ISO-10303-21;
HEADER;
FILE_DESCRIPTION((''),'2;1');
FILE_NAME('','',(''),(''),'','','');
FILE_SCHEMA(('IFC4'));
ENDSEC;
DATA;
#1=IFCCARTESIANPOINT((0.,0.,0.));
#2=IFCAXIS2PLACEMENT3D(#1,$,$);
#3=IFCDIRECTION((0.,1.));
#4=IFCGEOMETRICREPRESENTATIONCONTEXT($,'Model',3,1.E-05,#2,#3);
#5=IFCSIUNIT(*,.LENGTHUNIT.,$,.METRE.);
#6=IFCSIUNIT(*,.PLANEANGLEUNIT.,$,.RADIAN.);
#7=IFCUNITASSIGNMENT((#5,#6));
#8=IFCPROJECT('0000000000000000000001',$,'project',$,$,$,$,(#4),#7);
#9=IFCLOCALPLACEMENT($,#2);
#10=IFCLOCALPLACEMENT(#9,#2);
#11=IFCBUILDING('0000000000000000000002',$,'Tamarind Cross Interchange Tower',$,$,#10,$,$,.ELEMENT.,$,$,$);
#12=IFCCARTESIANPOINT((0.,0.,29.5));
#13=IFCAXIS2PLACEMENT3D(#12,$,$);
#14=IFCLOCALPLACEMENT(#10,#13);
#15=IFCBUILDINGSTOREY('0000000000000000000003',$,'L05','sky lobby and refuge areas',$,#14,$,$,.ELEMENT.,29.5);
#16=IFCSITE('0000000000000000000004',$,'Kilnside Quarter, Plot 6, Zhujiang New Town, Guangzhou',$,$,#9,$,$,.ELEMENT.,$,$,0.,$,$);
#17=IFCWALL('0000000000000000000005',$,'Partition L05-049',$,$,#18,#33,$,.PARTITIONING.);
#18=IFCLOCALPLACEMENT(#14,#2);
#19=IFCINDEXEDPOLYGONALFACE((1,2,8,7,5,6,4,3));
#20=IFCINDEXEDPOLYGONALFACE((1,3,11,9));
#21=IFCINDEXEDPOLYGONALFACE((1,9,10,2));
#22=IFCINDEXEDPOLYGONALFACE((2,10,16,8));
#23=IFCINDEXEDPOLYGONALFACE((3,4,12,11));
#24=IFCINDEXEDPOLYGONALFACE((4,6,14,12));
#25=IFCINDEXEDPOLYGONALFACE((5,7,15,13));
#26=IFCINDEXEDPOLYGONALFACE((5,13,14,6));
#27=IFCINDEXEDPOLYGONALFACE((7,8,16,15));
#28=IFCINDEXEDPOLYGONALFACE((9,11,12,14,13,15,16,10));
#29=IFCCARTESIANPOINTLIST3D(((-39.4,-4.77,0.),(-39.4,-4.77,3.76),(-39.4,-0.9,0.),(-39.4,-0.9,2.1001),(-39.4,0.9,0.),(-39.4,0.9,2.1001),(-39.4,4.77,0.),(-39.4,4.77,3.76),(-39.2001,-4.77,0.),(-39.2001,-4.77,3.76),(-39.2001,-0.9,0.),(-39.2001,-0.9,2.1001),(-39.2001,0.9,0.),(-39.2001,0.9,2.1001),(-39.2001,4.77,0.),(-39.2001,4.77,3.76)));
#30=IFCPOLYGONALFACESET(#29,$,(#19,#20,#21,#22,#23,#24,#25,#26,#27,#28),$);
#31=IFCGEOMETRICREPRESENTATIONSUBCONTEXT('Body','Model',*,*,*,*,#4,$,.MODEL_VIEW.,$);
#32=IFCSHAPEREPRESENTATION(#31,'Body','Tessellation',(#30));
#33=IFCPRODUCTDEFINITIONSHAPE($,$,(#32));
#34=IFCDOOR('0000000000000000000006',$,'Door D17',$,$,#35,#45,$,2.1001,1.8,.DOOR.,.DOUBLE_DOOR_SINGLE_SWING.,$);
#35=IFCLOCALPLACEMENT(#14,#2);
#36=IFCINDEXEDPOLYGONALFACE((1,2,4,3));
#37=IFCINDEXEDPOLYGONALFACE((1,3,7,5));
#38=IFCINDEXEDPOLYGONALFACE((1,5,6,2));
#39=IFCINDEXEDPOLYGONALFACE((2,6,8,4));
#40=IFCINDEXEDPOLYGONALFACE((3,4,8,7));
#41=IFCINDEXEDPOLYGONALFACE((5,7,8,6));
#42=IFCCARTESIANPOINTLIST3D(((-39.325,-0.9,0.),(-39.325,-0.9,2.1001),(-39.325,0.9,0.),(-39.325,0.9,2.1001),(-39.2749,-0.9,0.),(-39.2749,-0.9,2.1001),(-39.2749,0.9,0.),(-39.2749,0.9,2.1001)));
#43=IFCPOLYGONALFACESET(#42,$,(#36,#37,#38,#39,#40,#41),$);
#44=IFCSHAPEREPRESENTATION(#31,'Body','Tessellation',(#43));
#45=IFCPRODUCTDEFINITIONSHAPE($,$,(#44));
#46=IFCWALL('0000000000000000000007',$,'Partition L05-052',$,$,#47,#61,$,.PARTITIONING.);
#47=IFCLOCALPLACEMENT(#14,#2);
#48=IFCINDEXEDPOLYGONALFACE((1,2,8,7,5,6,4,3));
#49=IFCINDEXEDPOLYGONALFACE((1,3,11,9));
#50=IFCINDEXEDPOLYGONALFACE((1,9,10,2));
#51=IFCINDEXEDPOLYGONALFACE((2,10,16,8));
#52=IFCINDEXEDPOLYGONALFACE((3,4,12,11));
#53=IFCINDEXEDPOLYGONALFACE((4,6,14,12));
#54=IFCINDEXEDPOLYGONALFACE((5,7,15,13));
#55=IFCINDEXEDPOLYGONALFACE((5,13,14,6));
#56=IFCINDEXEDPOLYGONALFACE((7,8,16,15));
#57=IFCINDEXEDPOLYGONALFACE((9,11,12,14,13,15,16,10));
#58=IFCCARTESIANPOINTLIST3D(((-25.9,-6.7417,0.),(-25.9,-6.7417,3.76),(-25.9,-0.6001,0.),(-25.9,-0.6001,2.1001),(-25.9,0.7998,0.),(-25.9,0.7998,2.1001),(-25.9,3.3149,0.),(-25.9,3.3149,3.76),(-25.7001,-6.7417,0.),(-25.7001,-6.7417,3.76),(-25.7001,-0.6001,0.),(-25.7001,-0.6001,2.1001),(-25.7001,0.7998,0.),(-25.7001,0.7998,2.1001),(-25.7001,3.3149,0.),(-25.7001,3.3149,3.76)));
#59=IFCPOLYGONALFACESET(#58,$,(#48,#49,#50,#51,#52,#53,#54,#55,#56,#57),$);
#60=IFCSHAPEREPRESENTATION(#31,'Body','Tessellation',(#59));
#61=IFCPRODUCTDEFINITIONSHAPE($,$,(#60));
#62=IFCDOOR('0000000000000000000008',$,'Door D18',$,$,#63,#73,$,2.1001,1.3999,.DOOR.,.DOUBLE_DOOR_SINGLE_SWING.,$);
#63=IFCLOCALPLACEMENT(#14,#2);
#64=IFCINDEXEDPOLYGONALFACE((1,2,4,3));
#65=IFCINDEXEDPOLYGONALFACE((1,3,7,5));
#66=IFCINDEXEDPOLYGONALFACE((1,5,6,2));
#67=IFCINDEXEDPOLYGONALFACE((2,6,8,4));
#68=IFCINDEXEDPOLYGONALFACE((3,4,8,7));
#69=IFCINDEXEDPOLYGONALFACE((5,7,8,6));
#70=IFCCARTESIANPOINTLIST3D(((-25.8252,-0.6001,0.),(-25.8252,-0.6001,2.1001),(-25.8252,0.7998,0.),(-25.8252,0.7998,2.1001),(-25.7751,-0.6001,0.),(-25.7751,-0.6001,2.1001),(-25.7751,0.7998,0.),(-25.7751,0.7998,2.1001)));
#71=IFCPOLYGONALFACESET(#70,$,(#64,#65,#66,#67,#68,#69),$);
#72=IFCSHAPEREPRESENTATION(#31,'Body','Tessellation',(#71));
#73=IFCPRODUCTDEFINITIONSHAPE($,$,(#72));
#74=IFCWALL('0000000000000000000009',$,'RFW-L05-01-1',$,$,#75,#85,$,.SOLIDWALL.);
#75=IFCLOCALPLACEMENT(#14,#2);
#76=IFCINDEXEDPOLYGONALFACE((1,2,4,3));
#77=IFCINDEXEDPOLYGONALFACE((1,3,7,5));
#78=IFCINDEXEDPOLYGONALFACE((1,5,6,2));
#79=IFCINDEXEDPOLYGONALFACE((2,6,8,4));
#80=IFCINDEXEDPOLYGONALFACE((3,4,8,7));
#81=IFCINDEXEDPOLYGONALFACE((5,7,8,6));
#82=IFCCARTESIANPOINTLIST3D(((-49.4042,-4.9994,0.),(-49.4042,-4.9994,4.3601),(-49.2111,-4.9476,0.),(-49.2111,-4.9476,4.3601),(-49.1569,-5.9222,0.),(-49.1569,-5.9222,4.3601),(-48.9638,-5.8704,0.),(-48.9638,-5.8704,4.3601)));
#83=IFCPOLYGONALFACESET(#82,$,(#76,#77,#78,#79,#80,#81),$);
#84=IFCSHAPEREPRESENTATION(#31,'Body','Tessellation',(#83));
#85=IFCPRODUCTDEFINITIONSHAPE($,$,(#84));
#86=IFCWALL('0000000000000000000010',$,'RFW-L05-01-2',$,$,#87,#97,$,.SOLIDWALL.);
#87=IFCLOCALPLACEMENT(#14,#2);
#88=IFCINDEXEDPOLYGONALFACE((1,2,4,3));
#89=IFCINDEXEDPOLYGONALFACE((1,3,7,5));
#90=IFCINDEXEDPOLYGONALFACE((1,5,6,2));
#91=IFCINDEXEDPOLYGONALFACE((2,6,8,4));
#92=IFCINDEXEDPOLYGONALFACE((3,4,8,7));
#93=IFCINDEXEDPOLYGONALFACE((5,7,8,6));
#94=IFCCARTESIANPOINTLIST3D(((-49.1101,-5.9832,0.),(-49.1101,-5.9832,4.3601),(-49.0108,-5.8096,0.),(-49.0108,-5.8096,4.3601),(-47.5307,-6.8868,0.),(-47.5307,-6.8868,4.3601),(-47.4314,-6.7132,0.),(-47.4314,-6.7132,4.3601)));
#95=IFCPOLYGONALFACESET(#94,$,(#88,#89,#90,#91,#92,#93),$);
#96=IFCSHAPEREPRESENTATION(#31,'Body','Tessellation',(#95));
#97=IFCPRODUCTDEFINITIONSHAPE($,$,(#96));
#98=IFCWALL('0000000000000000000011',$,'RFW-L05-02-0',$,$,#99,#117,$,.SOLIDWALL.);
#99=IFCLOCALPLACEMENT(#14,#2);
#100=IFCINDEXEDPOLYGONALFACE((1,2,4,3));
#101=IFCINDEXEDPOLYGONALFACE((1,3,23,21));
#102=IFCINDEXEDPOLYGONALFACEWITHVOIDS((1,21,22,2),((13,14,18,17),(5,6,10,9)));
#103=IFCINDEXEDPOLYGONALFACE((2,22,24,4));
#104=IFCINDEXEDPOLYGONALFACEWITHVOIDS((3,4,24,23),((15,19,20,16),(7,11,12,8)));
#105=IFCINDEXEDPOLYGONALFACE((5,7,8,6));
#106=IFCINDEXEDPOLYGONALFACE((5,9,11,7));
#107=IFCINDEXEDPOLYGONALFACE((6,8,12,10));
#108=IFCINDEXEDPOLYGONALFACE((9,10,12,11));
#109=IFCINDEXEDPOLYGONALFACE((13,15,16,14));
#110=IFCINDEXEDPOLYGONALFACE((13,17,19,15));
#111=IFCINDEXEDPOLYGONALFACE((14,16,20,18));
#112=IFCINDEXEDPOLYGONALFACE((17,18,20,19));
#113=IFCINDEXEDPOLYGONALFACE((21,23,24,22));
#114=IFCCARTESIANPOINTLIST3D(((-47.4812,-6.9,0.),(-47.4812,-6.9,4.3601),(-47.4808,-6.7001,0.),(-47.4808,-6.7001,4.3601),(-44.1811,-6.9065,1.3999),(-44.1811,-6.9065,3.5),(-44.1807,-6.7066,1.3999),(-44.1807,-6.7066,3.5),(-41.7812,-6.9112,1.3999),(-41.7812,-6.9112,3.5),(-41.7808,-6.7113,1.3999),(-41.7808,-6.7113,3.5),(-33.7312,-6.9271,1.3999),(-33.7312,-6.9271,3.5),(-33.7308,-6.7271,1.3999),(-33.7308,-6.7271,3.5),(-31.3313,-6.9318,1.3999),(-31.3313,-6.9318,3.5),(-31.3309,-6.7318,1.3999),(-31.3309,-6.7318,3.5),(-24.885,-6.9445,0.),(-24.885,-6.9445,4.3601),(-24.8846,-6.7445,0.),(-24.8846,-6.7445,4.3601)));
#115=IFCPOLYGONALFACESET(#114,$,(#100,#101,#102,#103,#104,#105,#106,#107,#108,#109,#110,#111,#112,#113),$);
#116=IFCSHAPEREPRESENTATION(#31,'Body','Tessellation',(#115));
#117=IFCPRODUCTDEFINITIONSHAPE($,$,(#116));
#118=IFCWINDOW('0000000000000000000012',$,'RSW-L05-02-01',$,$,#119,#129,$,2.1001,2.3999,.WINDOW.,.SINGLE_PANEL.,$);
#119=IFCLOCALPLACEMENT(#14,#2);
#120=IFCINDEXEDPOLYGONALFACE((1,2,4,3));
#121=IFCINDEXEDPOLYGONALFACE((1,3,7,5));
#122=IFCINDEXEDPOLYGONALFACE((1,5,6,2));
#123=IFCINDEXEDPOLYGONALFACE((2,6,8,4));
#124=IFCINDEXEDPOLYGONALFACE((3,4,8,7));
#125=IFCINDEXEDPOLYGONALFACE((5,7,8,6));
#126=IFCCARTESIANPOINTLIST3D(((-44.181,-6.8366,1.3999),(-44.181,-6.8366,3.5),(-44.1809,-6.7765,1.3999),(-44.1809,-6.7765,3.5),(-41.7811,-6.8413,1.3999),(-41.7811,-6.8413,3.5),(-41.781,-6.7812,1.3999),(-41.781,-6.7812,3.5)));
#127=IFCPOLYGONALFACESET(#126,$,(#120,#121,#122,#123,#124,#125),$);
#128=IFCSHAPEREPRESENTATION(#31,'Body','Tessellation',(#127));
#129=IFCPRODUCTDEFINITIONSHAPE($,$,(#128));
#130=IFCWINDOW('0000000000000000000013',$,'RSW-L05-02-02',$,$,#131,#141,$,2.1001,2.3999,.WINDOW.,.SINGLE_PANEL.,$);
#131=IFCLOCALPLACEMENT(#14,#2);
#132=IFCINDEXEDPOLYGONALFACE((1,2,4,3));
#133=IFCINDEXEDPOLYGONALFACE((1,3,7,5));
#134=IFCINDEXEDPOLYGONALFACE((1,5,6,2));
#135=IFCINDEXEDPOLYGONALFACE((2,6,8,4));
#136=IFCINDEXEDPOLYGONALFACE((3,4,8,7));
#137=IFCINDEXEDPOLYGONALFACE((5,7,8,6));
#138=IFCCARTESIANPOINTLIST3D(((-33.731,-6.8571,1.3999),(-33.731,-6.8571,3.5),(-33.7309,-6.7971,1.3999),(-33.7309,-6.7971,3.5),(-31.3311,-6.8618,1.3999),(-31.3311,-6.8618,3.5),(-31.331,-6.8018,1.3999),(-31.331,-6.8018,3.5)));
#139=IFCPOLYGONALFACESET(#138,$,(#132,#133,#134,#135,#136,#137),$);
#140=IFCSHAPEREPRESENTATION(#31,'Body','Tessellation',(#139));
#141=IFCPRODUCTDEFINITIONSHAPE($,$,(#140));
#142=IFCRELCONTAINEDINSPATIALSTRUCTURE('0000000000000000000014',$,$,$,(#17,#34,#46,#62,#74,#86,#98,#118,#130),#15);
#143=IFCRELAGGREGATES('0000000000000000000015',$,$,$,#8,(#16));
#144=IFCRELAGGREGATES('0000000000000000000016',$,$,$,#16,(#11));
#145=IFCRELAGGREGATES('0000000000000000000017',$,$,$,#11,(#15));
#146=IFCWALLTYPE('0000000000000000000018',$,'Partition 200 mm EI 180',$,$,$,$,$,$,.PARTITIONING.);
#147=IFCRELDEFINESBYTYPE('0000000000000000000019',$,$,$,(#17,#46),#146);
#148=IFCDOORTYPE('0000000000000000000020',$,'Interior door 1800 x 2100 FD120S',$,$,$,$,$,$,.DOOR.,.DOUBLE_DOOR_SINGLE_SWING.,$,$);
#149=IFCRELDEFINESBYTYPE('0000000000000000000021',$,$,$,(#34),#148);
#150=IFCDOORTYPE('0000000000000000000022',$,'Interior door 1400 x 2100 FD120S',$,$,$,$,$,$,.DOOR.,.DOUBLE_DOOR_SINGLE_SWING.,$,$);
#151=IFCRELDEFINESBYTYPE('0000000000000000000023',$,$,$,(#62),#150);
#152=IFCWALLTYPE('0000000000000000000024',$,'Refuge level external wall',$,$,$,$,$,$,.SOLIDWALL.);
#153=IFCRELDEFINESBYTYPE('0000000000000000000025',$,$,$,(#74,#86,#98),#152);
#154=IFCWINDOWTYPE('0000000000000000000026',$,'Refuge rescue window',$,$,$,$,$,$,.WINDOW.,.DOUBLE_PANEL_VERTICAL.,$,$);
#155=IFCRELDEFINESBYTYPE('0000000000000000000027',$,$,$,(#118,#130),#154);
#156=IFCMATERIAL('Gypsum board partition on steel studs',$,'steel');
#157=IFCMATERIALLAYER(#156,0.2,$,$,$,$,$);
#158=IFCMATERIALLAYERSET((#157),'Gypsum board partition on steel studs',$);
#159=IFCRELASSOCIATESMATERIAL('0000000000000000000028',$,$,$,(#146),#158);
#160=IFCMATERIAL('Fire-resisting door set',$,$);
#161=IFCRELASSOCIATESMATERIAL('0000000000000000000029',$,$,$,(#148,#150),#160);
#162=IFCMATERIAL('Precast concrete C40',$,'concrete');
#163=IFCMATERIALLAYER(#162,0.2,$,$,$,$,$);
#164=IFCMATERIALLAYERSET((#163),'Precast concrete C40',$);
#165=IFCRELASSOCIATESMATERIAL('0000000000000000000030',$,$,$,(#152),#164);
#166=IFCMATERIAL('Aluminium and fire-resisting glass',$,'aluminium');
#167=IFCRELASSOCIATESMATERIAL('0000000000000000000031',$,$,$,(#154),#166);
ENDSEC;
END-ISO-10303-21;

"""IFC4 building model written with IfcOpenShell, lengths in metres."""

from ifc_helpers import new_model, si_unit, direction, frame, frame_2d, origin, place, context, subcontext, project, spatial, rectangle, extrude, material, layer, layer_set, type_object, element, fill, save


model = new_model("IFC4")

# Units and contexts
model_context = context("Model", 3, precision=1e-05, world=origin(), true_north=direction((0.0, 1.0)))
body_context = subcontext(model_context, "Body", "Model", "MODEL_VIEW")
ifc_project = project(units=[si_unit("LENGTHUNIT", "METRE"), si_unit("PLANEANGLEUNIT", "RADIAN")], contexts=[model_context])

# Site, building, storey
site_placement = place(None, origin())
site = spatial("IfcSite", under=ifc_project, at=site_placement, Name="Kilnside Quarter, Plot 6, Zhujiang New Town, Guangzhou", CompositionType="ELEMENT", RefElevation=0.0)
building_placement = place(site_placement, origin())
building = spatial("IfcBuilding", under=site, at=building_placement, Name="Tamarind Cross Interchange Tower", CompositionType="ELEMENT")
storey_placement = place(building_placement, frame((0.0, 0.0, 29.5)))
storey = spatial("IfcBuildingStorey", under=building, at=storey_placement, Name="L05", Description="sky lobby and refuge areas", CompositionType="ELEMENT", Elevation=29.5)

# Shared definitions
ifc_material_1 = material(Name="Gypsum board partition on steel studs", Category="steel")
ifc_layer_1 = layer(ifc_material_1, 0.2)
ifc_layer_set_1 = layer_set([ifc_layer_1], Name="Gypsum board partition on steel studs")
wall_type_1 = type_object("IfcWallType", Name="Partition 200 mm EI 180", PredefinedType="PARTITIONING", material=ifc_layer_set_1)
ifc_material_2 = material(Name="Fire-resisting door set")
door_type_1 = type_object("IfcDoorType", Name="Interior door 1800 x 2100 FD120S", OperationType="DOUBLE_DOOR_SINGLE_SWING", PredefinedType="DOOR", material=ifc_material_2)

# Walls, openings, doors
wall_1_placement = place(storey_placement, frame((-39.3, -4.77, 0.0), z_axis=(0.0, 0.0, 1.0), x_axis=(0.0, 1.0, 0.0)))
wall_1 = element("IfcWall", 1, at=wall_1_placement, inside=storey, type_object=wall_type_1, Name="Partition L05-049", PredefinedType="PARTITIONING", context=body_context, shape_type="SweptSolid", body=[
    extrude(rectangle(XDim=9.54, YDim=0.2, at=frame_2d((4.77, 0.0))), origin(), (0.0, 0.0, 1.0), 3.76),
])
opening_1_placement = place(wall_1_placement, frame((3.8701, 0.0, 0.0)))
opening_1 = element("IfcOpeningElement", 2, at=opening_1_placement, cuts=wall_1, PredefinedType="OPENING", context=body_context, shape_type="SweptSolid", body=[
    extrude(rectangle(XDim=1.8, YDim=2.1001, at=frame_2d((0.8999, 1.05))), frame((0.0, 0.1099, 0.0), z_axis=(0.0, -1.0, 0.0), x_axis=(1.0, 0.0, 0.0)), (0.0, 0.0, 1.0), 0.22),
])
door_1_placement = place(opening_1_placement, origin())
door_1 = element("IfcDoor", 3, at=door_1_placement, inside=storey, type_object=door_type_1, Name="Door D17", OperationType="DOUBLE_DOOR_SINGLE_SWING", OverallHeight=2.1001, OverallWidth=1.8, PredefinedType="DOOR", context=body_context, shape_type="SweptSolid", body=[
    extrude(rectangle(XDim=1.8, YDim=2.1001, at=frame_2d((0.8999, 1.05))), frame((0.0, 0.0249, 0.0), z_axis=(0.0, -1.0, 0.0), x_axis=(1.0, 0.0, 0.0)), (0.0, 0.0, 1.0), 0.05),
])
fill(opening_1, door_1)
wall_2_placement = place(storey_placement, frame((-25.8, -6.7417, 0.0), z_axis=(0.0, 0.0, 1.0), x_axis=(0.0, 1.0, 0.0)))
wall_2 = element("IfcWall", 4, at=wall_2_placement, inside=storey, type_object=wall_type_1, Name="Partition L05-052", PredefinedType="PARTITIONING", context=body_context, shape_type="SweptSolid", body=[
    extrude(rectangle(XDim=10.0566, YDim=0.2, at=frame_2d((5.0283, 0.0))), origin(), (0.0, 0.0, 1.0), 3.76),
])
opening_2_placement = place(wall_2_placement, frame((6.1416, 0.0, 0.0)))
opening_2 = element("IfcOpeningElement", 5, at=opening_2_placement, cuts=wall_2, PredefinedType="OPENING", context=body_context, shape_type="SweptSolid", body=[
    extrude(rectangle(XDim=1.3999, YDim=2.1001, at=frame_2d((0.7, 1.05))), frame((0.0, 0.1099, 0.0), z_axis=(0.0, -1.0, 0.0), x_axis=(1.0, 0.0, 0.0)), (0.0, 0.0, 1.0), 0.22),
])
door_type_2 = type_object("IfcDoorType", Name="Interior door 1400 x 2100 FD120S", OperationType="DOUBLE_DOOR_SINGLE_SWING", PredefinedType="DOOR", material=ifc_material_2)
door_2_placement = place(opening_2_placement, frame((1.3999, 0.0, 0.0), z_axis=(0.0, 0.0, 1.0), x_axis=(-1.0, 0.0, 0.0)))
door_2 = element("IfcDoor", 6, at=door_2_placement, inside=storey, type_object=door_type_2, Name="Door D18", OperationType="DOUBLE_DOOR_SINGLE_SWING", OverallHeight=2.1001, OverallWidth=1.3999, PredefinedType="DOOR", context=body_context, shape_type="SweptSolid", body=[
    extrude(rectangle(XDim=1.3999, YDim=2.1001, at=frame_2d((0.7, 1.05))), frame((0.0, 0.0249, 0.0), z_axis=(0.0, -1.0, 0.0), x_axis=(1.0, 0.0, 0.0)), (0.0, 0.0, 1.0), 0.05),
])
fill(opening_2, door_2)

# Walls
ifc_material_3 = material(Name="Precast concrete C40", Category="concrete")
ifc_layer_2 = layer(ifc_material_3, 0.2)
ifc_layer_set_2 = layer_set([ifc_layer_2], Name="Precast concrete C40")
wall_type_2 = type_object("IfcWallType", Name="Refuge level external wall", PredefinedType="SOLIDWALL", material=ifc_layer_set_2)
wall_3_placement = place(storey_placement, frame((-49.3076, -4.9736, 0.0), z_axis=(0.0, 0.0, 1.0), x_axis=(0.258855, -0.965916, 0.0)))
element("IfcWall", 7, at=wall_3_placement, inside=storey, type_object=wall_type_2, Name="RFW-L05-01-1", PredefinedType="SOLIDWALL", context=body_context, shape_type="SweptSolid", body=[
    extrude(rectangle(XDim=0.9553, YDim=0.2, at=frame_2d((0.4775, 0.0))), origin(), (0.0, 0.0, 1.0), 4.3601),
])
wall_4_placement = place(storey_placement, frame((-49.0603, -5.8965, 0.0), z_axis=(0.0, 0.0, 1.0), x_axis=(0.867987, -0.496587, 0.0)))
element("IfcWall", 8, at=wall_4_placement, inside=storey, type_object=wall_type_2, Name="RFW-L05-01-2", PredefinedType="SOLIDWALL", context=body_context, shape_type="SweptSolid", body=[
    extrude(rectangle(XDim=1.8196, YDim=0.2, at=frame_2d((0.9097, 0.0))), origin(), (0.0, 0.0, 1.0), 4.3601),
])

# Wall, openings, windows
wall_5_placement = place(storey_placement, frame((-47.481, -6.8, 0.0), z_axis=(0.0, 0.0, 1.0), x_axis=(0.999998, -0.001966, 0.0)))
wall_5 = element("IfcWall", 9, at=wall_5_placement, inside=storey, type_object=wall_type_2, Name="RFW-L05-02-0", PredefinedType="SOLIDWALL", context=body_context, shape_type="SweptSolid", body=[
    extrude(rectangle(XDim=22.5962, YDim=0.2, at=frame_2d((11.2981, 0.0))), origin(), (0.0, 0.0, 1.0), 4.3601),
])
opening_3_placement = place(wall_5_placement, frame((3.3, 0.0, 1.3999)))
opening_3 = element("IfcOpeningElement", 10, at=opening_3_placement, cuts=wall_5, PredefinedType="OPENING", context=body_context, shape_type="SweptSolid", body=[
    extrude(rectangle(XDim=2.3999, YDim=2.1001, at=frame_2d((1.2, 1.05))), frame((0.0, 0.1099, 0.0), z_axis=(0.0, -1.0, 0.0), x_axis=(1.0, 0.0, 0.0)), (0.0, 0.0, 1.0), 0.22),
])
opening_4_placement = place(wall_5_placement, frame((13.75, 0.0, 1.3999)))
opening_4 = element("IfcOpeningElement", 11, at=opening_4_placement, cuts=wall_5, PredefinedType="OPENING", context=body_context, shape_type="SweptSolid", body=[
    extrude(rectangle(XDim=2.3999, YDim=2.1001, at=frame_2d((1.2, 1.05))), frame((0.0, 0.1099, 0.0), z_axis=(0.0, -1.0, 0.0), x_axis=(1.0, 0.0, 0.0)), (0.0, 0.0, 1.0), 0.22),
])
ifc_material_4 = material(Name="Aluminium and fire-resisting glass", Category="aluminium")
window_type = type_object("IfcWindowType", Name="Refuge rescue window", PartitioningType="DOUBLE_PANEL_VERTICAL", PredefinedType="WINDOW", material=ifc_material_4)
window_1_placement = place(opening_3_placement, origin())
window_1 = element("IfcWindow", 12, at=window_1_placement, inside=storey, type_object=window_type, Name="RSW-L05-02-01", OverallHeight=2.1001, OverallWidth=2.3999, PartitioningType="SINGLE_PANEL", PredefinedType="WINDOW", context=body_context, shape_type="SweptSolid", body=[
    extrude(rectangle(XDim=2.3999, YDim=2.1001, at=frame_2d((1.2, 1.05))), frame((0.0, 0.03, 0.0), z_axis=(0.0, -1.0, 0.0), x_axis=(1.0, 0.0, 0.0)), (0.0, 0.0, 1.0), 0.0601),
])
fill(opening_3, window_1)
window_2_placement = place(opening_4_placement, origin())
window_2 = element("IfcWindow", 13, at=window_2_placement, inside=storey, type_object=window_type, Name="RSW-L05-02-02", OverallHeight=2.1001, OverallWidth=2.3999, PartitioningType="SINGLE_PANEL", PredefinedType="WINDOW", context=body_context, shape_type="SweptSolid", body=[
    extrude(rectangle(XDim=2.3999, YDim=2.1001, at=frame_2d((1.2, 1.05))), frame((0.0, 0.03, 0.0), z_axis=(0.0, -1.0, 0.0), x_axis=(1.0, 0.0, 0.0)), (0.0, 0.0, 1.0), 0.0601),
])
fill(opening_4, window_2)

save(model, "model.ifc")
